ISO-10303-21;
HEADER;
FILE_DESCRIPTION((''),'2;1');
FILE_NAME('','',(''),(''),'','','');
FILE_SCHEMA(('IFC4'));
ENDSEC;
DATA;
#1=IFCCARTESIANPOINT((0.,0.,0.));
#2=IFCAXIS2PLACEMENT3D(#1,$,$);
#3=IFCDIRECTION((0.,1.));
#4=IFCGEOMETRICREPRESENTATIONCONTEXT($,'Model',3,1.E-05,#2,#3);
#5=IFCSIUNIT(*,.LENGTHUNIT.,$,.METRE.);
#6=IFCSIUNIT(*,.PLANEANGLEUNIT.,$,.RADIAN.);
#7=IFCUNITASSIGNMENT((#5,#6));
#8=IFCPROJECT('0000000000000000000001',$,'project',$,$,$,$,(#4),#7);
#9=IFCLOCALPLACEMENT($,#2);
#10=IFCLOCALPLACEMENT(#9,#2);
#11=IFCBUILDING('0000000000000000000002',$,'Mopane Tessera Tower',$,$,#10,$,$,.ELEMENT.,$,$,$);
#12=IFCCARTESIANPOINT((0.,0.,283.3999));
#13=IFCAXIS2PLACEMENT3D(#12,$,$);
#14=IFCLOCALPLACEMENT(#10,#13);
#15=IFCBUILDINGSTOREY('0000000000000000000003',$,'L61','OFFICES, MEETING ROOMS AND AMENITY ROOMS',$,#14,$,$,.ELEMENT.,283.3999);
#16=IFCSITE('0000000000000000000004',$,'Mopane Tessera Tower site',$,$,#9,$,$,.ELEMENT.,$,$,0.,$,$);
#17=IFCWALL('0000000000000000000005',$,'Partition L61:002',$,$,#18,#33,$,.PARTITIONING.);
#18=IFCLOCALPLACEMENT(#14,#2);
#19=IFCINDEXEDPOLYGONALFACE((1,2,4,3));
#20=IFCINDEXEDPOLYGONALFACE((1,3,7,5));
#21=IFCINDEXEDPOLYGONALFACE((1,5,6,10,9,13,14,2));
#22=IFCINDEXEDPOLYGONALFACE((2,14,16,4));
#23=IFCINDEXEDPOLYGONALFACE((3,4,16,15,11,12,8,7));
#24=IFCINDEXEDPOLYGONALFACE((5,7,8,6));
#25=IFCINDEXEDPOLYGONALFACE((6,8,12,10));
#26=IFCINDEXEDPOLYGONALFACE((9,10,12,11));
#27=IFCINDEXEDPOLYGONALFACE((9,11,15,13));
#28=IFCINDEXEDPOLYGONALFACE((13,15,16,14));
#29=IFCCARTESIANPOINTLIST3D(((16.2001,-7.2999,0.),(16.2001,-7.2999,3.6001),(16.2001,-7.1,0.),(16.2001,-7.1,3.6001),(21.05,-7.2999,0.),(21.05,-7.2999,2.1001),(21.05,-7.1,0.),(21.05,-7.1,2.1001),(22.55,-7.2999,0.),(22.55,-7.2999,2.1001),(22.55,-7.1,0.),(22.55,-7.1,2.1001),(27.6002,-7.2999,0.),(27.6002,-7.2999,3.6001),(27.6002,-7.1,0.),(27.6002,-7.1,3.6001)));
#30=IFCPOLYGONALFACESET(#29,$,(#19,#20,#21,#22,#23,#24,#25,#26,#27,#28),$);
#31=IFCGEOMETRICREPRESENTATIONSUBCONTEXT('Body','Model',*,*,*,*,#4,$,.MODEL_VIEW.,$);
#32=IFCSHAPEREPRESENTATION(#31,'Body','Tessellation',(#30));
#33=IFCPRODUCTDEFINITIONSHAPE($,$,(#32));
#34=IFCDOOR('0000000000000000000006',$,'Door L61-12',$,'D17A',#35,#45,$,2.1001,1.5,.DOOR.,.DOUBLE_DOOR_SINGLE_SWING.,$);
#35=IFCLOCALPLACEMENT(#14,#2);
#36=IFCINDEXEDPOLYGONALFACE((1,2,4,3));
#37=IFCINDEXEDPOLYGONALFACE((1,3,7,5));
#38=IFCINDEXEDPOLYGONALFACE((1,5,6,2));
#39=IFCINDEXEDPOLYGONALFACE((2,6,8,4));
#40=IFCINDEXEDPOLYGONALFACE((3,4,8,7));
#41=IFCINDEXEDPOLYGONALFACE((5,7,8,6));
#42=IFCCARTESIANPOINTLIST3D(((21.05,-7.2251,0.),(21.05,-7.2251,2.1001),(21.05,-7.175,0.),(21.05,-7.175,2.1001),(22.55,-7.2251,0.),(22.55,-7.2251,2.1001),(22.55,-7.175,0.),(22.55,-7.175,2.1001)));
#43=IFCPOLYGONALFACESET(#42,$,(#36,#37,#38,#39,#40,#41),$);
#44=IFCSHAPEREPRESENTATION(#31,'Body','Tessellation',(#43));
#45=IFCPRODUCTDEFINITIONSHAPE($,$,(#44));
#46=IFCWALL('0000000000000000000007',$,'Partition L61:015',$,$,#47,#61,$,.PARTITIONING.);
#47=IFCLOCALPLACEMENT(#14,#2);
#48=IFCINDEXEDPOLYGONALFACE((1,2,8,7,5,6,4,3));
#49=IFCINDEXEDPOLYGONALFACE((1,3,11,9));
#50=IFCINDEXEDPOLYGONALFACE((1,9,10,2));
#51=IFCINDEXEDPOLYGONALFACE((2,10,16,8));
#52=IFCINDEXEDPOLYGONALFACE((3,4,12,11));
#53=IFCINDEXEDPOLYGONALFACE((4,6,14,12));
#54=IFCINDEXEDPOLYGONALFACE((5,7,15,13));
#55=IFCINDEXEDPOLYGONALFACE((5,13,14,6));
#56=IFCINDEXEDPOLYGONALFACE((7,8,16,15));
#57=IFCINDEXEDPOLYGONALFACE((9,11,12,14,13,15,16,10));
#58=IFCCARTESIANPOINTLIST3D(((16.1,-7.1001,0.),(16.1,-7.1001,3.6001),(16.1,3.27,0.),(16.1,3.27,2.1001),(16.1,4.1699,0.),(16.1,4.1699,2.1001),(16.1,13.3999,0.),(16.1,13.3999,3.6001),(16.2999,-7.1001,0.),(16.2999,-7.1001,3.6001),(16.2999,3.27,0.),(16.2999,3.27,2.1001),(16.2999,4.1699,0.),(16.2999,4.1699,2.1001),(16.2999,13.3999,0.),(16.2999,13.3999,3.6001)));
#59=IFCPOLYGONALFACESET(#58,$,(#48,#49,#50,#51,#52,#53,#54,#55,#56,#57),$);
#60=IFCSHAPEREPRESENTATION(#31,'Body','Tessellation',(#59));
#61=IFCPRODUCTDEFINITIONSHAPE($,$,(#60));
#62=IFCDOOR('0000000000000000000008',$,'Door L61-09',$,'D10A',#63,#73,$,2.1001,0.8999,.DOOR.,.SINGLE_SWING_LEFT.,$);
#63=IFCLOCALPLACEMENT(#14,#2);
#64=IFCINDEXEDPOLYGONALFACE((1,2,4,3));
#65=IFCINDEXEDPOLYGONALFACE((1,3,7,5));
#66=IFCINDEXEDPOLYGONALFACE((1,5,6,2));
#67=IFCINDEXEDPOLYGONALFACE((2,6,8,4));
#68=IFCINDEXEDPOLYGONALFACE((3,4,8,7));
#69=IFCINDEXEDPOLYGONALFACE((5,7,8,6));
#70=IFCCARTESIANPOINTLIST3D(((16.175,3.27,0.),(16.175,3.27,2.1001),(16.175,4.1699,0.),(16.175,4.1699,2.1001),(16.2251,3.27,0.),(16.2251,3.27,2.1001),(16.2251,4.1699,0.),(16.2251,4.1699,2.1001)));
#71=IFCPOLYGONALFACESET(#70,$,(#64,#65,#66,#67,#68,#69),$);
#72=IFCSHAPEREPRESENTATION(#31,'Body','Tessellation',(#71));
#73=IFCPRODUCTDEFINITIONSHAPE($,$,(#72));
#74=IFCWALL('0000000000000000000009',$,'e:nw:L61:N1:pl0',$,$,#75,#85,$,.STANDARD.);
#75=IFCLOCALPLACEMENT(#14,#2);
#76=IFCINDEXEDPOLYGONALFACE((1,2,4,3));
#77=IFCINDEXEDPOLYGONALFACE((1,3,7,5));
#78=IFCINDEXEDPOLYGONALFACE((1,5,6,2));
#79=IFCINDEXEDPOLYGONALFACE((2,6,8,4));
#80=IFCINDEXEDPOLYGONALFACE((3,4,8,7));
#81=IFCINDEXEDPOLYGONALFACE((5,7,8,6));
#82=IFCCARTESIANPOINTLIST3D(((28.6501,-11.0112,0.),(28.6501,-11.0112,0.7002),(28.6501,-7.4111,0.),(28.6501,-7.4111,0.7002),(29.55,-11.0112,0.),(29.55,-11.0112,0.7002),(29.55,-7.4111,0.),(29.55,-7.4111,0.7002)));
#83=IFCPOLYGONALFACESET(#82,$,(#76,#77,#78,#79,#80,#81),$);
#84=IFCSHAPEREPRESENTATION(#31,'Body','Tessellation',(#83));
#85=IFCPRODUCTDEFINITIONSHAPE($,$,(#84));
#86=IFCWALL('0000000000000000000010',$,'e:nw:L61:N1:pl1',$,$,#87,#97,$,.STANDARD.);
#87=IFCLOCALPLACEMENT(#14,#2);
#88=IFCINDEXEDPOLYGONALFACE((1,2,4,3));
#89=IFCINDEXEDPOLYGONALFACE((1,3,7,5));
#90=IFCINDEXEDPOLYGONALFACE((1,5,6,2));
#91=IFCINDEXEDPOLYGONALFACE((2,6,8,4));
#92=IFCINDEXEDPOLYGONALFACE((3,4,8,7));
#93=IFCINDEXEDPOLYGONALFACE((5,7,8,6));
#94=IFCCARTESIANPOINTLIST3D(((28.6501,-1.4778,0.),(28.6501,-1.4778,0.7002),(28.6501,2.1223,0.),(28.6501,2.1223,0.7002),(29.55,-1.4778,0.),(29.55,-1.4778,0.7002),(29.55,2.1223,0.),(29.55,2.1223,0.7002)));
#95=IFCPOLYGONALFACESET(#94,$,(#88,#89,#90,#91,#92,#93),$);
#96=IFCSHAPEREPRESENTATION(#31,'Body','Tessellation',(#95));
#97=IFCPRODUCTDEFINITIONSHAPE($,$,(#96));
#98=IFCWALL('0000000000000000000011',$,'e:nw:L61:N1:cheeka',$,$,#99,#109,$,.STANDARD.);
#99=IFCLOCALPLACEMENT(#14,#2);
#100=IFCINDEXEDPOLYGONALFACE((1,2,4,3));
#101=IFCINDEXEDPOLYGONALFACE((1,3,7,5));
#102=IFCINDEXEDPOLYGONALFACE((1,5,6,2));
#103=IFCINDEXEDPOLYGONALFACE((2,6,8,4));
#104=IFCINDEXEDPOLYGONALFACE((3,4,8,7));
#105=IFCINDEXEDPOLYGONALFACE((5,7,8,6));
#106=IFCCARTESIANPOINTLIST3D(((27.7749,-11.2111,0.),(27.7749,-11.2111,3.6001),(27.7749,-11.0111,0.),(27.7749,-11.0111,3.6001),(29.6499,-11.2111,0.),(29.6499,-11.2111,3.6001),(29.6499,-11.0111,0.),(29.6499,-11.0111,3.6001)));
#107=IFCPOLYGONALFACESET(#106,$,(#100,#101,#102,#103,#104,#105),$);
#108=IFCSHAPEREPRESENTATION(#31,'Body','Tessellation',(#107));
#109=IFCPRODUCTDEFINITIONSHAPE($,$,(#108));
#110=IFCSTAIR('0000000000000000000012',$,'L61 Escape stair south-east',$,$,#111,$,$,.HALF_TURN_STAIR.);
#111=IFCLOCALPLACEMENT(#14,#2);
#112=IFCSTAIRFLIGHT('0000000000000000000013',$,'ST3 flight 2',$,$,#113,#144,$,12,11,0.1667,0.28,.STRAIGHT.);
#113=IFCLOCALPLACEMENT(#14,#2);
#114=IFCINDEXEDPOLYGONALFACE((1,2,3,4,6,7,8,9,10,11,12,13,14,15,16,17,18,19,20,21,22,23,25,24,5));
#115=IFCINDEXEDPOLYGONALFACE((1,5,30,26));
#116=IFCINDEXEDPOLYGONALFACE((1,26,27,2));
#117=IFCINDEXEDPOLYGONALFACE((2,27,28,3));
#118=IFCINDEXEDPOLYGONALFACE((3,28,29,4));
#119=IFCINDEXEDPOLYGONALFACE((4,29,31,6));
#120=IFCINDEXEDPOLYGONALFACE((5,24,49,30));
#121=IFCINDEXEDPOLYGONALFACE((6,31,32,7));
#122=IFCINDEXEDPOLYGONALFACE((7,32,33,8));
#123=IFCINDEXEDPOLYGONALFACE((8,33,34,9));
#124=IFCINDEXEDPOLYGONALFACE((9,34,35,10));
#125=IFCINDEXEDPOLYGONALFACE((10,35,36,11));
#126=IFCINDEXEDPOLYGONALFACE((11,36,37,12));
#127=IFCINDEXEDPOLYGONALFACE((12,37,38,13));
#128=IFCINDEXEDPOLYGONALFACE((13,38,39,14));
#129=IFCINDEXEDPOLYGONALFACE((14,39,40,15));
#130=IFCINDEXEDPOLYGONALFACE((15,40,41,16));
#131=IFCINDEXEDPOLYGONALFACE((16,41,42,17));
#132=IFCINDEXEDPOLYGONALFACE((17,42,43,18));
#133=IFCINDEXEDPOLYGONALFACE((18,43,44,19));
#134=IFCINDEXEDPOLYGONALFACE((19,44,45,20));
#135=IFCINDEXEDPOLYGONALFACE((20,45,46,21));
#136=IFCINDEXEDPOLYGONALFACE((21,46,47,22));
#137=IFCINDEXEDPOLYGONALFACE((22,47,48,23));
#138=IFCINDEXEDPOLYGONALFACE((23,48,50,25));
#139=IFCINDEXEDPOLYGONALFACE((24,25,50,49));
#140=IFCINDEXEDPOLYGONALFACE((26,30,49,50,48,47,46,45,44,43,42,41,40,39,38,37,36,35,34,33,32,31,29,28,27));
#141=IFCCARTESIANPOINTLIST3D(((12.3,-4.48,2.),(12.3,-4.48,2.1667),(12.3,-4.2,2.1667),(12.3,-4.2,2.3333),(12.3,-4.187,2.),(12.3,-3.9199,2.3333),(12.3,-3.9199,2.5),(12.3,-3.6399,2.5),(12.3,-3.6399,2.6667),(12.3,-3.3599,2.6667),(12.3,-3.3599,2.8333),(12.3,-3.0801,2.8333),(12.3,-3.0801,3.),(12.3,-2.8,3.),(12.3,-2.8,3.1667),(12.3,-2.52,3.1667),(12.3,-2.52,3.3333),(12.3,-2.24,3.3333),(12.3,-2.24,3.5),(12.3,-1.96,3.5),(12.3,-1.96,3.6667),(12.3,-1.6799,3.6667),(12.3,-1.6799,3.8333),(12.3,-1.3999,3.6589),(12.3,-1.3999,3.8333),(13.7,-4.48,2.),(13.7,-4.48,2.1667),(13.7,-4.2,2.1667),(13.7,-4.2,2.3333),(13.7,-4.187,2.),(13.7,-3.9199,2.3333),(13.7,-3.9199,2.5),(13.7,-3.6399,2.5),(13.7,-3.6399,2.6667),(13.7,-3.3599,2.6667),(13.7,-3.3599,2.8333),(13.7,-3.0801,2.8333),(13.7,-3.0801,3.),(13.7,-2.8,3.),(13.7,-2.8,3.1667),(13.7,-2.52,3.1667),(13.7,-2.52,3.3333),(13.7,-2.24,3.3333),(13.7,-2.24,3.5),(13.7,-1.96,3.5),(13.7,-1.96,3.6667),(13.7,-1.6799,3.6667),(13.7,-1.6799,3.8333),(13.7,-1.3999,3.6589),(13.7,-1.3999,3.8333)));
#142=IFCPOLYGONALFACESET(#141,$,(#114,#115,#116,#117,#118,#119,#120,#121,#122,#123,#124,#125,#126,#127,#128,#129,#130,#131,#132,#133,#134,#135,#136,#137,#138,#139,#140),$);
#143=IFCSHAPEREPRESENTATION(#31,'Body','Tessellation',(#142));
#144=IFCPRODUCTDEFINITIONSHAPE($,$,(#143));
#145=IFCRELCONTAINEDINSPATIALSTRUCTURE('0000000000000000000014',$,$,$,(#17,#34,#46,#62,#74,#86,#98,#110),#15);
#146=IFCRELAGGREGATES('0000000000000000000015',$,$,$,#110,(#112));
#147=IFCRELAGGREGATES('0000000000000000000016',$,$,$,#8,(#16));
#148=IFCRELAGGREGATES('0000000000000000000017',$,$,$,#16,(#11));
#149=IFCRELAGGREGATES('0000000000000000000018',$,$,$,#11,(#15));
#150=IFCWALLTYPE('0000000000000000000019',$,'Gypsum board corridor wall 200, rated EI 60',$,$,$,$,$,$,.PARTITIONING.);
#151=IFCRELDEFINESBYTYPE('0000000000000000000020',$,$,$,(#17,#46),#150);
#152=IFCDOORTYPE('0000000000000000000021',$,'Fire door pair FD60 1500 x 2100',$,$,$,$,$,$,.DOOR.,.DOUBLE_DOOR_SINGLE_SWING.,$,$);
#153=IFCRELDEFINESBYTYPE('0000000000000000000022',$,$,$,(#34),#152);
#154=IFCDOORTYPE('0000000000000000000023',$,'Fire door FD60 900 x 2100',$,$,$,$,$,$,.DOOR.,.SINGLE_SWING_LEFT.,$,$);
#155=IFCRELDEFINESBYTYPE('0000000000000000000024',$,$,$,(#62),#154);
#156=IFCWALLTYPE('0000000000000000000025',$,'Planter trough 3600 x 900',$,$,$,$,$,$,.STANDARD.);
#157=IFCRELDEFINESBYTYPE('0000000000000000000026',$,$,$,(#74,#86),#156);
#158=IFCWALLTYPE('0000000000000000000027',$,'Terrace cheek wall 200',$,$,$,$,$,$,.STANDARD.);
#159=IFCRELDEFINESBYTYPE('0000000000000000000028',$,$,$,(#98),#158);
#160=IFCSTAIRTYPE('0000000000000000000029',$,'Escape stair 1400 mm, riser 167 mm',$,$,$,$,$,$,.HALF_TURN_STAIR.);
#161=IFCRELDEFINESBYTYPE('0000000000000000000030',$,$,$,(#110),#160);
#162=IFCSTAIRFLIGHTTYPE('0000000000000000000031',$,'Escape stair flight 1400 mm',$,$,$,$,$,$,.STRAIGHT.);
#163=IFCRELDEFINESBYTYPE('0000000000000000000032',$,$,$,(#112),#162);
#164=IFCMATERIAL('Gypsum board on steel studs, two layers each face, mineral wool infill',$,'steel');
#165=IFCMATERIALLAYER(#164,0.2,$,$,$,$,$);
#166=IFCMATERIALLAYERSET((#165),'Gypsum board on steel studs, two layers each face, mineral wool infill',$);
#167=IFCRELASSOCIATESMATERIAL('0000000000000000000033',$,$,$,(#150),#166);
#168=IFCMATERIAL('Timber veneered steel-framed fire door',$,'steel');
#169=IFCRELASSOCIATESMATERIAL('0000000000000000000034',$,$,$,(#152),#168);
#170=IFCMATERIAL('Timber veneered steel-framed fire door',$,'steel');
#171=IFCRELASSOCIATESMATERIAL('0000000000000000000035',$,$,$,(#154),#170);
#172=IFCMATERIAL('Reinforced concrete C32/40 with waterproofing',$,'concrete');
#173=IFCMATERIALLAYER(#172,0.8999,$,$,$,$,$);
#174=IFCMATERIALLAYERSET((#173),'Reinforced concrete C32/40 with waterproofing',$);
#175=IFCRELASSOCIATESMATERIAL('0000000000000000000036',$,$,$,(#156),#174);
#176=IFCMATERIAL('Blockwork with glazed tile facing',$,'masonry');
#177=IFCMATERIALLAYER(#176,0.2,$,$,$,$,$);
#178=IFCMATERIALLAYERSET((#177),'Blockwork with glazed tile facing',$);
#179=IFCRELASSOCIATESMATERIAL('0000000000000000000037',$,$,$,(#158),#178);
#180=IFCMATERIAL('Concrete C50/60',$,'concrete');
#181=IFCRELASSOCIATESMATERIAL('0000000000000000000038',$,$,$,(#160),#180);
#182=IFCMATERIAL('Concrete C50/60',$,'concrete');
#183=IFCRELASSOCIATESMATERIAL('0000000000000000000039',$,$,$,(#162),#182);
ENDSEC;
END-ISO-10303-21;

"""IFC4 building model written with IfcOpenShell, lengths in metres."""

from ifc_helpers import new_model, si_unit, direction, frame, frame_2d, origin, place, context, subcontext, project, spatial, polyline, rectangle, outline, extrude, material, layer, layer_set, type_object, element, fill, aggregate, save


model = new_model("IFC4")

# Units and contexts
model_context = context("Model", 3, precision=1e-05, world=origin(), true_north=direction((0.0, 1.0)))
body_context = subcontext(model_context, "Body", "Model", "MODEL_VIEW")
ifc_project = project(units=[si_unit("LENGTHUNIT", "METRE"), si_unit("PLANEANGLEUNIT", "RADIAN")], contexts=[model_context])

# Site, building, storey
site_placement = place(None, origin())
site = spatial("IfcSite", under=ifc_project, at=site_placement, Name="Mopane Tessera Tower site", CompositionType="ELEMENT", RefElevation=0.0)
building_placement = place(site_placement, origin())
building = spatial("IfcBuilding", under=site, at=building_placement, Name="Mopane Tessera Tower", CompositionType="ELEMENT")
storey_placement = place(building_placement, frame((0.0, 0.0, 283.3999)))
storey = spatial("IfcBuildingStorey", under=building, at=storey_placement, Name="L61", Description="OFFICES, MEETING ROOMS AND AMENITY ROOMS", CompositionType="ELEMENT", Elevation=283.3999)

# Walls, openings, doors
ifc_material_1 = material(Name="Gypsum board on steel studs, two layers each face, mineral wool infill", Category="steel")
ifc_layer_1 = layer(ifc_material_1, 0.2)
ifc_layer_set_1 = layer_set([ifc_layer_1], Name="Gypsum board on steel studs, two layers each face, mineral wool infill")
wall_type_1 = type_object("IfcWallType", Name="Gypsum board corridor wall 200, rated EI 60", PredefinedType="PARTITIONING", material=ifc_layer_set_1)
wall_1_placement = place(storey_placement, frame((16.2, -7.2, 0.0), z_axis=(0.0, 0.0, 1.0), x_axis=(1.0, 0.0, 0.0)))
wall_1 = element("IfcWall", 1, at=wall_1_placement, inside=storey, type_object=wall_type_1, Name="Partition L61:002", PredefinedType="PARTITIONING", context=body_context, shape_type="SweptSolid", body=[
    extrude(rectangle(XDim=11.4001, YDim=0.2, at=frame_2d((5.7002, 0.0))), origin(), (0.0, 0.0, 1.0), 3.6001),
])
opening_1_placement = place(wall_1_placement, frame((4.8501, 0.0, 0.0)))
opening_1 = element("IfcOpeningElement", 2, at=opening_1_placement, cuts=wall_1, PredefinedType="OPENING", context=body_context, shape_type="SweptSolid", body=[
    extrude(rectangle(XDim=1.5, YDim=2.1001, at=frame_2d((0.75, 1.05))), frame((0.0, 0.1121, 0.0), z_axis=(0.0, -1.0, 0.0), x_axis=(1.0, 0.0, 0.0)), (0.0, 0.0, 1.0), 0.2239),
])
ifc_material_2 = material(Name="Timber veneered steel-framed fire door", Category="steel")
door_type_1 = type_object("IfcDoorType", Name="Fire door pair FD60 1500 x 2100", OperationType="DOUBLE_DOOR_SINGLE_SWING", PredefinedType="DOOR", material=ifc_material_2)
door_1_placement = place(opening_1_placement, origin())
door_1 = element("IfcDoor", 3, at=door_1_placement, inside=storey, type_object=door_type_1, Name="Door L61-12", ObjectType="D17A", OperationType="DOUBLE_DOOR_SINGLE_SWING", OverallHeight=2.1001, OverallWidth=1.5, PredefinedType="DOOR", context=body_context, shape_type="SweptSolid", body=[
    extrude(rectangle(XDim=1.5, YDim=2.1001, at=frame_2d((0.75, 1.05))), frame((0.0, 0.0249, 0.0), z_axis=(0.0, -1.0, 0.0), x_axis=(1.0, 0.0, 0.0)), (0.0, 0.0, 1.0), 0.05),
])
fill(opening_1, door_1)
wall_2_placement = place(storey_placement, frame((16.2, -7.1001, 0.0), z_axis=(0.0, 0.0, 1.0), x_axis=(0.0, 1.0, 0.0)))
wall_2 = element("IfcWall", 4, at=wall_2_placement, inside=storey, type_object=wall_type_1, Name="Partition L61:015", PredefinedType="PARTITIONING", context=body_context, shape_type="SweptSolid", body=[
    extrude(rectangle(XDim=20.5, YDim=0.2, at=frame_2d((10.25, 0.0))), origin(), (0.0, 0.0, 1.0), 3.6001),
])
opening_2_placement = place(wall_2_placement, frame((10.3701, 0.0, 0.0)))
opening_2 = element("IfcOpeningElement", 5, at=opening_2_placement, cuts=wall_2, PredefinedType="OPENING", context=body_context, shape_type="SweptSolid", body=[
    extrude(rectangle(XDim=0.8999, YDim=2.1001, at=frame_2d((0.45, 1.05))), frame((0.0, 0.1121, 0.0), z_axis=(0.0, -1.0, 0.0), x_axis=(1.0, 0.0, 0.0)), (0.0, 0.0, 1.0), 0.2239),
])
ifc_material_3 = material(Name="Timber veneered steel-framed fire door", Category="steel")
door_type_2 = type_object("IfcDoorType", Name="Fire door FD60 900 x 2100", OperationType="SINGLE_SWING_LEFT", PredefinedType="DOOR", material=ifc_material_3)
door_2_placement = place(opening_2_placement, origin())
door_2 = element("IfcDoor", 6, at=door_2_placement, inside=storey, type_object=door_type_2, Name="Door L61-09", ObjectType="D10A", OperationType="SINGLE_SWING_LEFT", OverallHeight=2.1001, OverallWidth=0.8999, PredefinedType="DOOR", context=body_context, shape_type="SweptSolid", body=[
    extrude(rectangle(XDim=0.8999, YDim=2.1001, at=frame_2d((0.45, 1.05))), frame((0.0, 0.0249, 0.0), z_axis=(0.0, -1.0, 0.0), x_axis=(1.0, 0.0, 0.0)), (0.0, 0.0, 1.0), 0.05),
])
fill(opening_2, door_2)

# Walls
ifc_material_4 = material(Name="Reinforced concrete C32/40 with waterproofing", Category="concrete")
ifc_layer_2 = layer(ifc_material_4, 0.8999)
ifc_layer_set_2 = layer_set([ifc_layer_2], Name="Reinforced concrete C32/40 with waterproofing")
wall_type_2 = type_object("IfcWallType", Name="Planter trough 3600 x 900", PredefinedType="STANDARD", material=ifc_layer_set_2)
for number, where, z_axis, x_axis, name in (
    (7, (29.1001, -11.0112, 0.0), (0.0, 0.0, 1.0), (0.0, 1.0, 0.0), "e:nw:L61:N1:pl0"),
    (8, (29.1001, -1.4778, 0.0), (0.0, 0.0, 1.0), (0.0, 1.0, 0.0), "e:nw:L61:N1:pl1"),
):
    element("IfcWall", number, at=place(storey_placement, frame(where, z_axis=z_axis, x_axis=x_axis)), inside=storey, type_object=wall_type_2, Name=name, PredefinedType="STANDARD", context=body_context, shape_type="SweptSolid", body=[
        extrude(rectangle(XDim=3.6001, YDim=0.8999, at=frame_2d((1.8, 0.0))), origin(), (0.0, 0.0, 1.0), 0.7002),
    ])
ifc_material_5 = material(Name="Blockwork with glazed tile facing", Category="masonry")
ifc_layer_3 = layer(ifc_material_5, 0.2)
ifc_layer_set_3 = layer_set([ifc_layer_3], Name="Blockwork with glazed tile facing")
wall_type_3 = type_object("IfcWallType", Name="Terrace cheek wall 200", PredefinedType="STANDARD", material=ifc_layer_set_3)
wall_3_placement = place(storey_placement, frame((29.6499, -11.1111, 0.0), z_axis=(0.0, 0.0, 1.0), x_axis=(-1.0, 0.0, 0.0)))
element("IfcWall", 9, at=wall_3_placement, inside=storey, type_object=wall_type_3, Name="e:nw:L61:N1:cheeka", PredefinedType="STANDARD", context=body_context, shape_type="SweptSolid", body=[
    extrude(rectangle(XDim=1.875, YDim=0.2, at=frame_2d((0.9375, 0.0))), origin(), (0.0, 0.0, 1.0), 3.6001),
])

# Stair, stair flight
ifc_material_6 = material(Name="Concrete C50/60", Category="concrete")
stair_type = type_object("IfcStairType", Name="Escape stair 1400 mm, riser 167 mm", PredefinedType="HALF_TURN_STAIR", material=ifc_material_6)
stair_placement = place(storey_placement, origin())
stair = element("IfcStair", 10, at=stair_placement, inside=storey, type_object=stair_type, Name="L61 Escape stair south-east", PredefinedType="HALF_TURN_STAIR")
ifc_material_7 = material(Name="Concrete C50/60", Category="concrete")
stair_flight_type = type_object("IfcStairFlightType", Name="Escape stair flight 1400 mm", PredefinedType="STRAIGHT", material=ifc_material_7)
stair_flight_placement = place(storey_placement, frame((13.0, -4.48, 2.0), z_axis=(0.0, 0.0, 1.0), x_axis=(0.0, 1.0, 0.0)))
stair_flight = element("IfcStairFlight", 11, at=stair_flight_placement, type_object=stair_flight_type, Name="ST3 flight 2", NumberOfRisers=12, NumberOfTreads=11, PredefinedType="STRAIGHT", RiserHeight=0.1667, TreadLength=0.28, context=body_context, shape_type="SweptSolid", body=[
    extrude(outline(polyline([(0.0, 0.0), (0.0, 0.1667), (0.28, 0.1667), (0.28, 0.3333), (0.5601, 0.3333), (0.5601, 0.5), (0.8401, 0.5), (0.8401, 0.6667), (1.1201, 0.6667), (1.1201, 0.8333), (1.3999, 0.8333), (1.3999, 1.0), (1.6799, 1.0), (1.6799, 1.1667), (1.96, 1.1667), (1.96, 1.3333), (2.24, 1.3333), (2.24, 1.5), (2.52, 1.5), (2.52, 1.6667), (2.8, 1.6667), (2.8, 1.8333), (3.0801, 1.8333), (3.0801, 2.0), (3.0801, 1.6589), (0.293, 0.0), (0.0, 0.0)])), frame((0.0, 0.7, 0.0), z_axis=(0.0, -1.0, 0.0), x_axis=(1.0, 0.0, 0.0)), (0.0, 0.0, 1.0), 1.3999),
])
aggregate(stair, [stair_flight])

save(model, "model.ifc")
